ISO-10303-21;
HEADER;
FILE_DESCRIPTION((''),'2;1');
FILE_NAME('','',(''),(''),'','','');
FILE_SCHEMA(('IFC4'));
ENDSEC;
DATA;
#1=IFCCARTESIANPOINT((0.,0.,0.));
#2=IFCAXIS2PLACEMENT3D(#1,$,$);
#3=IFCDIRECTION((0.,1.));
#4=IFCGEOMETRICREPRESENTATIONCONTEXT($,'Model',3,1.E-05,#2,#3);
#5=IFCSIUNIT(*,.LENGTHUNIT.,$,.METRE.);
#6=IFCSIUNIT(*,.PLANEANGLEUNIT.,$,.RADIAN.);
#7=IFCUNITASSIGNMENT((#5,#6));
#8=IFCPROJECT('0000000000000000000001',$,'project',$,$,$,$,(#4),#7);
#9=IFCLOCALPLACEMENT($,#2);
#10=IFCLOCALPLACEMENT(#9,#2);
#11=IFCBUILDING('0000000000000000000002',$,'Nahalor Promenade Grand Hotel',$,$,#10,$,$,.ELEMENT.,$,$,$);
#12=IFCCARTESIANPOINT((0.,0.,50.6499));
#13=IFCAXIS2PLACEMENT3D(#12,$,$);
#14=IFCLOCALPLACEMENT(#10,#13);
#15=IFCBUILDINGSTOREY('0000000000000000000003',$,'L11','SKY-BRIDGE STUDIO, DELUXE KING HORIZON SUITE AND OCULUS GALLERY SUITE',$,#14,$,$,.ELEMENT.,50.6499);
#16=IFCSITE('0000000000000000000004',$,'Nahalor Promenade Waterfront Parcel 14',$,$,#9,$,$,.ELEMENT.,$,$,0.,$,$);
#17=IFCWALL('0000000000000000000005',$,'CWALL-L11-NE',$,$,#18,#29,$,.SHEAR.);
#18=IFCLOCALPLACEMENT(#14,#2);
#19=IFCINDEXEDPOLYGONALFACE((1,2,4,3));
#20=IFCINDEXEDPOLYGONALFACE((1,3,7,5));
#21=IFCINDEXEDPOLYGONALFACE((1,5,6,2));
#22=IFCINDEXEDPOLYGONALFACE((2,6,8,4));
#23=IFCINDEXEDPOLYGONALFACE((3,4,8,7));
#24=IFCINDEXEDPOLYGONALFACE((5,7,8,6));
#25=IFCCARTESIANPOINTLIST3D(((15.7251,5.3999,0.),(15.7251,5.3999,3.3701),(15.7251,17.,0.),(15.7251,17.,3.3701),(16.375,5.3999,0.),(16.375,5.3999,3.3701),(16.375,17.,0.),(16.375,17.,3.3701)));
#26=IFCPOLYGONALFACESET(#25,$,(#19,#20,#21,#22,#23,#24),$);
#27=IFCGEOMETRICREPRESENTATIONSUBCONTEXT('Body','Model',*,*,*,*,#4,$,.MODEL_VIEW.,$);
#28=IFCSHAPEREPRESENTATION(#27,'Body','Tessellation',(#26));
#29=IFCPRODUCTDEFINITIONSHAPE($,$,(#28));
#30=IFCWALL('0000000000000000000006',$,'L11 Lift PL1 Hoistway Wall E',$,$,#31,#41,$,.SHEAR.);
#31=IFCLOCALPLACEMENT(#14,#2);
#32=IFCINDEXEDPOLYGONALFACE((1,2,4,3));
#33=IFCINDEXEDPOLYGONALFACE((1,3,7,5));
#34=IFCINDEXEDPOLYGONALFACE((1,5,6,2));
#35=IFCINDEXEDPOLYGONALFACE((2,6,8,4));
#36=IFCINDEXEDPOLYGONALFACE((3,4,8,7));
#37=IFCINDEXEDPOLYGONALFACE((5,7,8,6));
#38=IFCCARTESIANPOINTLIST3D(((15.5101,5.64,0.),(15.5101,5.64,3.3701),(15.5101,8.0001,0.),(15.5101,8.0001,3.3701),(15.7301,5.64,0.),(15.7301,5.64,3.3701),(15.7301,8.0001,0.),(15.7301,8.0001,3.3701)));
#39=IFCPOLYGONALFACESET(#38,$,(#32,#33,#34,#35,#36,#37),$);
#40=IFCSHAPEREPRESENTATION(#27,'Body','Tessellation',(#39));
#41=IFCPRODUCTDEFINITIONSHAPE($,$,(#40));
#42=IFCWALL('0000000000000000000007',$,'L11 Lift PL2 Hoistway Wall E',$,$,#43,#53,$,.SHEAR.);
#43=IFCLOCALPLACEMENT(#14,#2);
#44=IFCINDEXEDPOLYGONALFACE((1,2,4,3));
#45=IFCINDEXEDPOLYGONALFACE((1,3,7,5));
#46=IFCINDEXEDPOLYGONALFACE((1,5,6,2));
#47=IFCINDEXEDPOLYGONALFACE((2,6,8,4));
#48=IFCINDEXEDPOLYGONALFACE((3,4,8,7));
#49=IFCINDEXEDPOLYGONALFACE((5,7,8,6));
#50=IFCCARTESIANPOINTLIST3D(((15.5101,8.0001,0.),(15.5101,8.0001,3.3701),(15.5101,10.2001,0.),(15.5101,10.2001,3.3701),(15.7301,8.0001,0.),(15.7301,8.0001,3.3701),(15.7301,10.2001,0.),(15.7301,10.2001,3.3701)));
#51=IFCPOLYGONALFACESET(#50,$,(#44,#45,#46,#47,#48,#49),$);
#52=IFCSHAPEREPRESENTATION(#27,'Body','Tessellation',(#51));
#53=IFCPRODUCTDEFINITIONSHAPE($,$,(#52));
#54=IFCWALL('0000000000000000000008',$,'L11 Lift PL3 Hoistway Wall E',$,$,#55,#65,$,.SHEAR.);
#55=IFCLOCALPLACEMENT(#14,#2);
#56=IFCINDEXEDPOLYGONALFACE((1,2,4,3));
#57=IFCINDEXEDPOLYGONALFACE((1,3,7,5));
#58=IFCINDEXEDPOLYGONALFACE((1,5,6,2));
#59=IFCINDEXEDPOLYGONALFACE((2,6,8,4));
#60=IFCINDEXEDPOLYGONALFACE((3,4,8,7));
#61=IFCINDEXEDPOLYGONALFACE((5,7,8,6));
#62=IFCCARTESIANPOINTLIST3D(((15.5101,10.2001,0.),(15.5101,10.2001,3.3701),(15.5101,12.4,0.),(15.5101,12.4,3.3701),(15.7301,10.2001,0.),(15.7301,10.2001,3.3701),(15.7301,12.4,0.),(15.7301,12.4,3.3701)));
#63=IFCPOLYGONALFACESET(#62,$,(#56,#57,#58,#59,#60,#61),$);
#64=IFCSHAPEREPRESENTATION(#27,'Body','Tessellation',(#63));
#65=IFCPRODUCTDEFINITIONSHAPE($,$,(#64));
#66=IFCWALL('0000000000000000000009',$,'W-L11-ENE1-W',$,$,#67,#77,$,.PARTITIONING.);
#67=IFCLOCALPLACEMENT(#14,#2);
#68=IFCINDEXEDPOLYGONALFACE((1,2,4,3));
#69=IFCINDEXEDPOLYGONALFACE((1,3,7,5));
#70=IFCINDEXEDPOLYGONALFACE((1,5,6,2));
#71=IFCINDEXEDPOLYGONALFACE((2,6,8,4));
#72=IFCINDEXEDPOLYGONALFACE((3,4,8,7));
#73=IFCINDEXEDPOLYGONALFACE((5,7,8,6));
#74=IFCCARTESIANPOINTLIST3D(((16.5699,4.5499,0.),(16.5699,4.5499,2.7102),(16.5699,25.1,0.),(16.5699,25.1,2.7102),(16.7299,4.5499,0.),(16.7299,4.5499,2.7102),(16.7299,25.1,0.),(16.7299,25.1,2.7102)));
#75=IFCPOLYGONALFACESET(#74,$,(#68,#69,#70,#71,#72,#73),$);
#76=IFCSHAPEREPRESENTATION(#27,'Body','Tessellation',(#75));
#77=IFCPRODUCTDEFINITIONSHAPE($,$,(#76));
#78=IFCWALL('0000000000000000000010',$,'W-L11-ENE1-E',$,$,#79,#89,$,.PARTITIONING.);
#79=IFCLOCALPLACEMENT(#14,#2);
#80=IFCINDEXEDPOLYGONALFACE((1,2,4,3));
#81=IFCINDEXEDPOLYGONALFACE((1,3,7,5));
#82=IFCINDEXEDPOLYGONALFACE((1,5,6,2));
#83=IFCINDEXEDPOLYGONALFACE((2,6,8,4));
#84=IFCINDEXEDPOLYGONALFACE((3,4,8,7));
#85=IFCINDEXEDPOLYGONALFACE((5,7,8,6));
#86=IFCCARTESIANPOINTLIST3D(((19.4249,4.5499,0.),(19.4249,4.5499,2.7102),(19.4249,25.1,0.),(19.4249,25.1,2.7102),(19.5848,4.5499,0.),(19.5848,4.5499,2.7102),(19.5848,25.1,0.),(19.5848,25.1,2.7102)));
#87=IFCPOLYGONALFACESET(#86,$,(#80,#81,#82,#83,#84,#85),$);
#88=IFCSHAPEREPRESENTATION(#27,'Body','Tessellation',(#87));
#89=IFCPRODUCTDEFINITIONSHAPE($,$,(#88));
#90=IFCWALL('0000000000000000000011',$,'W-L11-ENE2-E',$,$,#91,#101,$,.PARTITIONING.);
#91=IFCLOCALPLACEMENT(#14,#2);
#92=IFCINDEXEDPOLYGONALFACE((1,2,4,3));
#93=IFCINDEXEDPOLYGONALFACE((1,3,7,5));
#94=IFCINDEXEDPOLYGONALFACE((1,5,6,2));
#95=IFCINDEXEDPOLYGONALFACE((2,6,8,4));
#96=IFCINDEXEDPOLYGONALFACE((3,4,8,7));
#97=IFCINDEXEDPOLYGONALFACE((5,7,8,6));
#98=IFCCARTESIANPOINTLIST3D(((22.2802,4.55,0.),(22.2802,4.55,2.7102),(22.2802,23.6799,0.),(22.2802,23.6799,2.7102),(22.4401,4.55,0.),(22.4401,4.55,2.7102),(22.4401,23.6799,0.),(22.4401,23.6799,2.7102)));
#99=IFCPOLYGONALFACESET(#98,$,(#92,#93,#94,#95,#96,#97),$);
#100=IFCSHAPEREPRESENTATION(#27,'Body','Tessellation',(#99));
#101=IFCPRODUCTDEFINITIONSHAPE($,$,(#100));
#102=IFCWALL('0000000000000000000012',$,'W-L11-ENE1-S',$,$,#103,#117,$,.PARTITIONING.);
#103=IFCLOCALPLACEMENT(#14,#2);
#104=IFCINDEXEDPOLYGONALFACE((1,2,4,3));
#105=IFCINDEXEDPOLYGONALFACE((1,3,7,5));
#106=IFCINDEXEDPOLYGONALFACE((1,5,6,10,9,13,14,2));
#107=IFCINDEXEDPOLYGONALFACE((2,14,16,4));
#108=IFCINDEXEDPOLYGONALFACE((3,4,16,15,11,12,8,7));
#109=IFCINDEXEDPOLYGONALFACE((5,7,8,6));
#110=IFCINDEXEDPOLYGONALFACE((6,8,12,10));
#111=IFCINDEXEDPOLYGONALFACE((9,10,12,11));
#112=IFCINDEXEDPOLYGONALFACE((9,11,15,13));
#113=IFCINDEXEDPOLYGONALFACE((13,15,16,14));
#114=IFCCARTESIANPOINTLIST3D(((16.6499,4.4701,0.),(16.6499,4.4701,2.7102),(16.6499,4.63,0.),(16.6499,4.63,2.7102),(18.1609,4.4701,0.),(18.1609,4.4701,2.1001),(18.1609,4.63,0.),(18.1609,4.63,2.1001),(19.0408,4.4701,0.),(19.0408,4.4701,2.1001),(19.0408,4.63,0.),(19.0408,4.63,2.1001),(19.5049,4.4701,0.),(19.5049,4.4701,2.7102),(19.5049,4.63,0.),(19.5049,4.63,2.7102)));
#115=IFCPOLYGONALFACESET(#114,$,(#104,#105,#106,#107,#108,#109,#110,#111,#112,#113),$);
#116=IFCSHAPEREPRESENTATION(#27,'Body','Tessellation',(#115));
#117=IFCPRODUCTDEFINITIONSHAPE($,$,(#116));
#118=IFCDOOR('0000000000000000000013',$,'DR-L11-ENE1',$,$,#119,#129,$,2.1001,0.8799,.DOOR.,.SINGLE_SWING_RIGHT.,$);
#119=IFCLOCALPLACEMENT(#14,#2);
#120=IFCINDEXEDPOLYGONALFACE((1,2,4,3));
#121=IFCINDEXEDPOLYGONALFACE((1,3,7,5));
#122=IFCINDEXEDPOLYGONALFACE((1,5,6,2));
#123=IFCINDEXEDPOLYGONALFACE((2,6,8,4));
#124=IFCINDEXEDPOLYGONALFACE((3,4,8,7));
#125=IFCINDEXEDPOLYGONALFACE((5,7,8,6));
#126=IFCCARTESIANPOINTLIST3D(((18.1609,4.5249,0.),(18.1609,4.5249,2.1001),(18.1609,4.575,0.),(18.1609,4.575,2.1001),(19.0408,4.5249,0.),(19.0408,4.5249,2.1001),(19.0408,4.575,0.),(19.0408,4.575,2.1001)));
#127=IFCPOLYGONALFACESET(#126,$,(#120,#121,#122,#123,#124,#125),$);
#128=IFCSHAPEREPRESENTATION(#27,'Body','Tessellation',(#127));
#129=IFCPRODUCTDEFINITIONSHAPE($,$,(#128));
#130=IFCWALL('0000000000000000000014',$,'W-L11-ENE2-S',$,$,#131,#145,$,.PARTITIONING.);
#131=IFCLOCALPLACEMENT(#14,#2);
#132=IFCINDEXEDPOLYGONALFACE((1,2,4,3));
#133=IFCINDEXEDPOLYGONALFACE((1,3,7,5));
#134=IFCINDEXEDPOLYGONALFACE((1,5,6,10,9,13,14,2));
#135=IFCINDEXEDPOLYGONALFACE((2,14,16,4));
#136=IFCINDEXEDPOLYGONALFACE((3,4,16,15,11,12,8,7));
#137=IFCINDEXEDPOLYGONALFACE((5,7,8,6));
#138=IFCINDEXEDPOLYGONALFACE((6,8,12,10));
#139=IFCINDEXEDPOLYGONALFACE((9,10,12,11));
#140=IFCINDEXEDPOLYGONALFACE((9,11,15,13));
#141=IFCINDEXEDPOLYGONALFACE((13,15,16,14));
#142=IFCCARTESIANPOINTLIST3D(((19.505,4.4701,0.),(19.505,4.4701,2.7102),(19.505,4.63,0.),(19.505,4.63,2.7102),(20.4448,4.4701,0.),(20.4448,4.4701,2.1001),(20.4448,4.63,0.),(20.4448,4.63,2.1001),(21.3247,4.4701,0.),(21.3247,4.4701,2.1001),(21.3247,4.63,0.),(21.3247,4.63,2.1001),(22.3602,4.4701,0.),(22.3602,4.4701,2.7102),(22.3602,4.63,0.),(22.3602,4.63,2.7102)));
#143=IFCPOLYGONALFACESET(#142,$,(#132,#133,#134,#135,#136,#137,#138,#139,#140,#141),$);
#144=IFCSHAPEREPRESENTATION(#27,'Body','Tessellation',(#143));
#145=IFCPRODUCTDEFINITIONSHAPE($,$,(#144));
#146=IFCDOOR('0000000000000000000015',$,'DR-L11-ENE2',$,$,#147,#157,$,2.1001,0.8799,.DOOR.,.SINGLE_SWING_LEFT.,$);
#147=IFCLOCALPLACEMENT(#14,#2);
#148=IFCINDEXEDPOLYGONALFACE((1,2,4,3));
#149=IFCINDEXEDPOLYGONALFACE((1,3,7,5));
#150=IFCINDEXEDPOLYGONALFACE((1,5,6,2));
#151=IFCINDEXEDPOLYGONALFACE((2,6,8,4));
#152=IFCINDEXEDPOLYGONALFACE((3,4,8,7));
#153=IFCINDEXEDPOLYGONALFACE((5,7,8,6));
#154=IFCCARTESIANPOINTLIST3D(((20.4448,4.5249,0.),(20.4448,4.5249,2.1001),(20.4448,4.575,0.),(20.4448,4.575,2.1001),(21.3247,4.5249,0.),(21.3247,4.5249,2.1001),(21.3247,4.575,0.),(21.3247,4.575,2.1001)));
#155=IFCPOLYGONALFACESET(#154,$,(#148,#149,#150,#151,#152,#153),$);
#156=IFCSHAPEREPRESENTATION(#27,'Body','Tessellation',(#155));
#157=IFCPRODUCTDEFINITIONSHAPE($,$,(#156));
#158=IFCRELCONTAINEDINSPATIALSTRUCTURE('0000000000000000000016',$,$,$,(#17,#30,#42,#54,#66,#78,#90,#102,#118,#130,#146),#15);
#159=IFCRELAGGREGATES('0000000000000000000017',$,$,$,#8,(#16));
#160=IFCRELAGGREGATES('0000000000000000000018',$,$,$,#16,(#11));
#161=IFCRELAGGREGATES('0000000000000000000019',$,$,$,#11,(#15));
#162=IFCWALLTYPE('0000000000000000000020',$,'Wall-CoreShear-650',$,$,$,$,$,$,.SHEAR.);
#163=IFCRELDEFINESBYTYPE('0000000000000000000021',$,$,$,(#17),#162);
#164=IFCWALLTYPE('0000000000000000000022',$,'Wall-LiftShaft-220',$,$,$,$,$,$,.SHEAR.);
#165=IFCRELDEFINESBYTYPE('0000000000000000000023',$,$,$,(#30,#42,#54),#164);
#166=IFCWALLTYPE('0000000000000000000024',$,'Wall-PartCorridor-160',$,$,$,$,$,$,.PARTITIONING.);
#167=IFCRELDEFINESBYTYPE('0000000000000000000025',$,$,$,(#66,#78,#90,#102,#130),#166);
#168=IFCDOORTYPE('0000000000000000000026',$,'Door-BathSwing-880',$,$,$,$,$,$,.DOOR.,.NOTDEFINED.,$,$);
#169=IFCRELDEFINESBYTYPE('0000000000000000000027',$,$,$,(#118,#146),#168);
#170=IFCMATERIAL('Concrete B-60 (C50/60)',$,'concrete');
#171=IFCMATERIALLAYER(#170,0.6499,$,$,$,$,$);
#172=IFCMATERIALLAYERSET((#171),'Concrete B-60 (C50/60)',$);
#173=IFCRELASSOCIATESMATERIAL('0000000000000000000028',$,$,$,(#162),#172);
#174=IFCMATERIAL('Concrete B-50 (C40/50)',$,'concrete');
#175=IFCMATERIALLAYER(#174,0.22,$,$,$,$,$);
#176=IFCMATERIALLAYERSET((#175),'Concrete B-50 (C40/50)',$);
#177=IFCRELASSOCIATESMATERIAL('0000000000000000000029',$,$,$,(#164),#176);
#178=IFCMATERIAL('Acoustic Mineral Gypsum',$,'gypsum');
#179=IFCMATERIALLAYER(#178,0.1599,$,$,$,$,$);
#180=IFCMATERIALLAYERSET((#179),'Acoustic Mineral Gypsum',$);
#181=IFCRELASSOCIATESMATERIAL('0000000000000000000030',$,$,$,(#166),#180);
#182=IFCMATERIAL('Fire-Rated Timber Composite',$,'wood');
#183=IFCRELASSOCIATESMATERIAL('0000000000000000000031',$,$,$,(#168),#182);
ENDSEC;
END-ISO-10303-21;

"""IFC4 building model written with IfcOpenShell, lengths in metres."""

from ifc_helpers import new_model, si_unit, direction, frame, frame_2d, origin, place, context, subcontext, project, spatial, rectangle, extrude, source, transform, mapped, material, layer, layer_set, type_object, element, fill, save


model = new_model("IFC4")

# Units and contexts
model_context = context("Model", 3, precision=1e-05, world=origin(), true_north=direction((0.0, 1.0)))
body_context = subcontext(model_context, "Body", "Model", "MODEL_VIEW")
ifc_project = project(units=[si_unit("LENGTHUNIT", "METRE"), si_unit("PLANEANGLEUNIT", "RADIAN")], contexts=[model_context])

# Site, building, storey
site_placement = place(None, origin())
site = spatial("IfcSite", under=ifc_project, at=site_placement, Name="Nahalor Promenade Waterfront Parcel 14", CompositionType="ELEMENT", RefElevation=0.0)
building_placement = place(site_placement, origin())
building = spatial("IfcBuilding", under=site, at=building_placement, Name="Nahalor Promenade Grand Hotel", CompositionType="ELEMENT")
storey_placement = place(building_placement, frame((0.0, 0.0, 50.6499)))
storey = spatial("IfcBuildingStorey", under=building, at=storey_placement, Name="L11", Description="SKY-BRIDGE STUDIO, DELUXE KING HORIZON SUITE AND OCULUS GALLERY SUITE", CompositionType="ELEMENT", Elevation=50.6499)

# Walls
ifc_material_1 = material(Name="Concrete B-60 (C50/60)", Category="concrete")
ifc_layer_1 = layer(ifc_material_1, 0.6499)
ifc_layer_set_1 = layer_set([ifc_layer_1], Name="Concrete B-60 (C50/60)")
wall_type_1 = type_object("IfcWallType", Name="Wall-CoreShear-650", PredefinedType="SHEAR", material=ifc_layer_set_1)
shared_shape_1 = source(origin(), body_context, "Body", "SweptSolid", [
    extrude(rectangle(XDim=11.6001, YDim=0.6499, at=frame_2d((5.8, 0.0))), origin(), (0.0, 0.0, 1.0), 3.3701),
])
wall_1_placement = place(storey_placement, frame((16.05, 5.3999, 0.0), z_axis=(0.0, 0.0, 1.0), x_axis=(0.0, 1.0, 0.0)))
element("IfcWall", 1, at=wall_1_placement, inside=storey, type_object=wall_type_1, Name="CWALL-L11-NE", PredefinedType="SHEAR", context=body_context, shape_type="MappedRepresentation", body=[
    mapped(shared_shape_1, transform((0.0, 0.0, 0.0), scale=1.0)),
])
ifc_material_2 = material(Name="Concrete B-50 (C40/50)", Category="concrete")
ifc_layer_2 = layer(ifc_material_2, 0.22)
ifc_layer_set_2 = layer_set([ifc_layer_2], Name="Concrete B-50 (C40/50)")
wall_type_2 = type_object("IfcWallType", Name="Wall-LiftShaft-220", PredefinedType="SHEAR", material=ifc_layer_set_2)
shared_shape_2 = source(origin(), body_context, "Body", "SweptSolid", [
    extrude(rectangle(XDim=2.3601, YDim=0.22, at=frame_2d((1.1802, 0.0))), origin(), (0.0, 0.0, 1.0), 3.3701),
])
wall_2_placement = place(storey_placement, frame((15.6201, 5.6399, 0.0), z_axis=(0.0, 0.0, 1.0), x_axis=(0.0, 1.0, 0.0)))
element("IfcWall", 2, at=wall_2_placement, inside=storey, type_object=wall_type_2, Name="L11 Lift PL1 Hoistway Wall E", PredefinedType="SHEAR", context=body_context, shape_type="MappedRepresentation", body=[
    mapped(shared_shape_2, transform((0.0, 0.0, 0.0), scale=1.0)),
])
shared_shape_3 = source(origin(), body_context, "Body", "SweptSolid", [
    extrude(rectangle(XDim=2.2, YDim=0.22, at=frame_2d((1.1001, 0.0))), origin(), (0.0, 0.0, 1.0), 3.3701),
])
for number, where, z_axis, x_axis, name in (
    (3, (15.6201, 8.0, 0.0), (0.0, 0.0, 1.0), (0.0, 1.0, 0.0), "L11 Lift PL2 Hoistway Wall E"),
    (4, (15.6201, 10.2, 0.0), (0.0, 0.0, 1.0), (0.0, 1.0, 0.0), "L11 Lift PL3 Hoistway Wall E"),
):
    element("IfcWall", number, at=place(storey_placement, frame(where, z_axis=z_axis, x_axis=x_axis)), inside=storey, type_object=wall_type_2, Name=name, PredefinedType="SHEAR", context=body_context, shape_type="MappedRepresentation", body=[
        mapped(shared_shape_3, transform((0.0, 0.0, 0.0), scale=1.0)),
    ])
ifc_material_3 = material(Name="Acoustic Mineral Gypsum", Category="gypsum")
ifc_layer_3 = layer(ifc_material_3, 0.1599)
ifc_layer_set_3 = layer_set([ifc_layer_3], Name="Acoustic Mineral Gypsum")
wall_type_3 = type_object("IfcWallType", Name="Wall-PartCorridor-160", PredefinedType="PARTITIONING", material=ifc_layer_set_3)
shared_shape_4 = source(origin(), body_context, "Body", "SweptSolid", [
    extrude(rectangle(XDim=20.55, YDim=0.1599, at=frame_2d((10.2749, 0.0))), origin(), (0.0, 0.0, 1.0), 2.7102),
])
for number, where, z_axis, x_axis, name in (
    (5, (16.6499, 4.55, 0.0), (0.0, 0.0, 1.0), (0.0, 1.0, 0.0), "W-L11-ENE1-W"),
    (6, (19.5049, 4.55, 0.0), (0.0, 0.0, 1.0), (0.0, 1.0, 0.0), "W-L11-ENE1-E"),
):
    element("IfcWall", number, at=place(storey_placement, frame(where, z_axis=z_axis, x_axis=x_axis)), inside=storey, type_object=wall_type_3, Name=name, PredefinedType="PARTITIONING", context=body_context, shape_type="MappedRepresentation", body=[
        mapped(shared_shape_4, transform((0.0, 0.0, 0.0), scale=1.0)),
    ])
shared_shape_5 = source(origin(), body_context, "Body", "SweptSolid", [
    extrude(rectangle(XDim=19.1299, YDim=0.1599, at=frame_2d((9.5649, 0.0))), origin(), (0.0, 0.0, 1.0), 2.7102),
])
wall_3_placement = place(storey_placement, frame((22.3601, 4.55, 0.0), z_axis=(0.0, 0.0, 1.0), x_axis=(0.0, 1.0, 0.0)))
element("IfcWall", 7, at=wall_3_placement, inside=storey, type_object=wall_type_3, Name="W-L11-ENE2-E", PredefinedType="PARTITIONING", context=body_context, shape_type="MappedRepresentation", body=[
    mapped(shared_shape_5, transform((0.0, 0.0, 0.0), scale=1.0)),
])

# Walls, openings, doors
shared_shape_6 = source(origin(), body_context, "Body", "SweptSolid", [
    extrude(rectangle(XDim=2.855, YDim=0.1599, at=frame_2d((1.4275, 0.0))), origin(), (0.0, 0.0, 1.0), 2.7102),
])
wall_4_placement = place(storey_placement, frame((16.6499, 4.55, 0.0), z_axis=(0.0, 0.0, 1.0), x_axis=(1.0, 0.0, 0.0)))
wall_4 = element("IfcWall", 8, at=wall_4_placement, inside=storey, type_object=wall_type_3, Name="W-L11-ENE1-S", PredefinedType="PARTITIONING", context=body_context, shape_type="MappedRepresentation", body=[
    mapped(shared_shape_6, transform((0.0, 0.0, 0.0), scale=1.0)),
])
opening_1_placement = place(wall_4_placement, frame((1.511, 0.0, 0.0)))
opening_1 = element("IfcOpeningElement", 9, at=opening_1_placement, cuts=wall_4, PredefinedType="OPENING", context=body_context, shape_type="SweptSolid", body=[
    extrude(rectangle(XDim=0.8799, YDim=2.1001, at=frame_2d((0.4399, 1.05))), frame((0.0, 0.0898, 0.0), z_axis=(0.0, -1.0, 0.0), x_axis=(1.0, 0.0, 0.0)), (0.0, 0.0, 1.0), 0.1799),
])
ifc_material_4 = material(Name="Fire-Rated Timber Composite", Category="wood")
door_type = type_object("IfcDoorType", Name="Door-BathSwing-880", OperationType="NOTDEFINED", PredefinedType="DOOR", material=ifc_material_4)
shared_shape_7 = source(origin(), body_context, "Body", "SweptSolid", [
    extrude(rectangle(XDim=0.8799, YDim=2.1001, at=frame_2d((0.4399, 1.05))), frame((0.0, 0.0249, 0.0), z_axis=(0.0, -1.0, 0.0), x_axis=(1.0, 0.0, 0.0)), (0.0, 0.0, 1.0), 0.05),
])
door_1_placement = place(opening_1_placement, origin())
door_1 = element("IfcDoor", 10, at=door_1_placement, inside=storey, type_object=door_type, Name="DR-L11-ENE1", OperationType="SINGLE_SWING_RIGHT", OverallHeight=2.1001, OverallWidth=0.8799, PredefinedType="DOOR", context=body_context, shape_type="MappedRepresentation", body=[
    mapped(shared_shape_7, transform((0.0, 0.0, 0.0), scale=1.0)),
])
fill(opening_1, door_1)
shared_shape_8 = source(origin(), body_context, "Body", "SweptSolid", [
    extrude(rectangle(XDim=2.8552, YDim=0.1599, at=frame_2d((1.4277, 0.0))), origin(), (0.0, 0.0, 1.0), 2.7102),
])
wall_5_placement = place(storey_placement, frame((19.5049, 4.55, 0.0), z_axis=(0.0, 0.0, 1.0), x_axis=(1.0, 0.0, 0.0)))
wall_5 = element("IfcWall", 11, at=wall_5_placement, inside=storey, type_object=wall_type_3, Name="W-L11-ENE2-S", PredefinedType="PARTITIONING", context=body_context, shape_type="MappedRepresentation", body=[
    mapped(shared_shape_8, transform((0.0, 0.0, 0.0), scale=1.0)),
])
opening_2_placement = place(wall_5_placement, frame((0.9399, 0.0, 0.0)))
opening_2 = element("IfcOpeningElement", 12, at=opening_2_placement, cuts=wall_5, PredefinedType="OPENING", context=body_context, shape_type="SweptSolid", body=[
    extrude(rectangle(XDim=0.8799, YDim=2.1001, at=frame_2d((0.4399, 1.05))), frame((0.0, 0.0898, 0.0), z_axis=(0.0, -1.0, 0.0), x_axis=(1.0, 0.0, 0.0)), (0.0, 0.0, 1.0), 0.1799),
])
door_2_placement = place(opening_2_placement, origin())
door_2 = element("IfcDoor", 13, at=door_2_placement, inside=storey, type_object=door_type, Name="DR-L11-ENE2", OperationType="SINGLE_SWING_LEFT", OverallHeight=2.1001, OverallWidth=0.8799, PredefinedType="DOOR", context=body_context, shape_type="MappedRepresentation", body=[
    mapped(shared_shape_7, transform((0.0, 0.0, 0.0), scale=1.0)),
])
fill(opening_2, door_2)

save(model, "model.ifc")
